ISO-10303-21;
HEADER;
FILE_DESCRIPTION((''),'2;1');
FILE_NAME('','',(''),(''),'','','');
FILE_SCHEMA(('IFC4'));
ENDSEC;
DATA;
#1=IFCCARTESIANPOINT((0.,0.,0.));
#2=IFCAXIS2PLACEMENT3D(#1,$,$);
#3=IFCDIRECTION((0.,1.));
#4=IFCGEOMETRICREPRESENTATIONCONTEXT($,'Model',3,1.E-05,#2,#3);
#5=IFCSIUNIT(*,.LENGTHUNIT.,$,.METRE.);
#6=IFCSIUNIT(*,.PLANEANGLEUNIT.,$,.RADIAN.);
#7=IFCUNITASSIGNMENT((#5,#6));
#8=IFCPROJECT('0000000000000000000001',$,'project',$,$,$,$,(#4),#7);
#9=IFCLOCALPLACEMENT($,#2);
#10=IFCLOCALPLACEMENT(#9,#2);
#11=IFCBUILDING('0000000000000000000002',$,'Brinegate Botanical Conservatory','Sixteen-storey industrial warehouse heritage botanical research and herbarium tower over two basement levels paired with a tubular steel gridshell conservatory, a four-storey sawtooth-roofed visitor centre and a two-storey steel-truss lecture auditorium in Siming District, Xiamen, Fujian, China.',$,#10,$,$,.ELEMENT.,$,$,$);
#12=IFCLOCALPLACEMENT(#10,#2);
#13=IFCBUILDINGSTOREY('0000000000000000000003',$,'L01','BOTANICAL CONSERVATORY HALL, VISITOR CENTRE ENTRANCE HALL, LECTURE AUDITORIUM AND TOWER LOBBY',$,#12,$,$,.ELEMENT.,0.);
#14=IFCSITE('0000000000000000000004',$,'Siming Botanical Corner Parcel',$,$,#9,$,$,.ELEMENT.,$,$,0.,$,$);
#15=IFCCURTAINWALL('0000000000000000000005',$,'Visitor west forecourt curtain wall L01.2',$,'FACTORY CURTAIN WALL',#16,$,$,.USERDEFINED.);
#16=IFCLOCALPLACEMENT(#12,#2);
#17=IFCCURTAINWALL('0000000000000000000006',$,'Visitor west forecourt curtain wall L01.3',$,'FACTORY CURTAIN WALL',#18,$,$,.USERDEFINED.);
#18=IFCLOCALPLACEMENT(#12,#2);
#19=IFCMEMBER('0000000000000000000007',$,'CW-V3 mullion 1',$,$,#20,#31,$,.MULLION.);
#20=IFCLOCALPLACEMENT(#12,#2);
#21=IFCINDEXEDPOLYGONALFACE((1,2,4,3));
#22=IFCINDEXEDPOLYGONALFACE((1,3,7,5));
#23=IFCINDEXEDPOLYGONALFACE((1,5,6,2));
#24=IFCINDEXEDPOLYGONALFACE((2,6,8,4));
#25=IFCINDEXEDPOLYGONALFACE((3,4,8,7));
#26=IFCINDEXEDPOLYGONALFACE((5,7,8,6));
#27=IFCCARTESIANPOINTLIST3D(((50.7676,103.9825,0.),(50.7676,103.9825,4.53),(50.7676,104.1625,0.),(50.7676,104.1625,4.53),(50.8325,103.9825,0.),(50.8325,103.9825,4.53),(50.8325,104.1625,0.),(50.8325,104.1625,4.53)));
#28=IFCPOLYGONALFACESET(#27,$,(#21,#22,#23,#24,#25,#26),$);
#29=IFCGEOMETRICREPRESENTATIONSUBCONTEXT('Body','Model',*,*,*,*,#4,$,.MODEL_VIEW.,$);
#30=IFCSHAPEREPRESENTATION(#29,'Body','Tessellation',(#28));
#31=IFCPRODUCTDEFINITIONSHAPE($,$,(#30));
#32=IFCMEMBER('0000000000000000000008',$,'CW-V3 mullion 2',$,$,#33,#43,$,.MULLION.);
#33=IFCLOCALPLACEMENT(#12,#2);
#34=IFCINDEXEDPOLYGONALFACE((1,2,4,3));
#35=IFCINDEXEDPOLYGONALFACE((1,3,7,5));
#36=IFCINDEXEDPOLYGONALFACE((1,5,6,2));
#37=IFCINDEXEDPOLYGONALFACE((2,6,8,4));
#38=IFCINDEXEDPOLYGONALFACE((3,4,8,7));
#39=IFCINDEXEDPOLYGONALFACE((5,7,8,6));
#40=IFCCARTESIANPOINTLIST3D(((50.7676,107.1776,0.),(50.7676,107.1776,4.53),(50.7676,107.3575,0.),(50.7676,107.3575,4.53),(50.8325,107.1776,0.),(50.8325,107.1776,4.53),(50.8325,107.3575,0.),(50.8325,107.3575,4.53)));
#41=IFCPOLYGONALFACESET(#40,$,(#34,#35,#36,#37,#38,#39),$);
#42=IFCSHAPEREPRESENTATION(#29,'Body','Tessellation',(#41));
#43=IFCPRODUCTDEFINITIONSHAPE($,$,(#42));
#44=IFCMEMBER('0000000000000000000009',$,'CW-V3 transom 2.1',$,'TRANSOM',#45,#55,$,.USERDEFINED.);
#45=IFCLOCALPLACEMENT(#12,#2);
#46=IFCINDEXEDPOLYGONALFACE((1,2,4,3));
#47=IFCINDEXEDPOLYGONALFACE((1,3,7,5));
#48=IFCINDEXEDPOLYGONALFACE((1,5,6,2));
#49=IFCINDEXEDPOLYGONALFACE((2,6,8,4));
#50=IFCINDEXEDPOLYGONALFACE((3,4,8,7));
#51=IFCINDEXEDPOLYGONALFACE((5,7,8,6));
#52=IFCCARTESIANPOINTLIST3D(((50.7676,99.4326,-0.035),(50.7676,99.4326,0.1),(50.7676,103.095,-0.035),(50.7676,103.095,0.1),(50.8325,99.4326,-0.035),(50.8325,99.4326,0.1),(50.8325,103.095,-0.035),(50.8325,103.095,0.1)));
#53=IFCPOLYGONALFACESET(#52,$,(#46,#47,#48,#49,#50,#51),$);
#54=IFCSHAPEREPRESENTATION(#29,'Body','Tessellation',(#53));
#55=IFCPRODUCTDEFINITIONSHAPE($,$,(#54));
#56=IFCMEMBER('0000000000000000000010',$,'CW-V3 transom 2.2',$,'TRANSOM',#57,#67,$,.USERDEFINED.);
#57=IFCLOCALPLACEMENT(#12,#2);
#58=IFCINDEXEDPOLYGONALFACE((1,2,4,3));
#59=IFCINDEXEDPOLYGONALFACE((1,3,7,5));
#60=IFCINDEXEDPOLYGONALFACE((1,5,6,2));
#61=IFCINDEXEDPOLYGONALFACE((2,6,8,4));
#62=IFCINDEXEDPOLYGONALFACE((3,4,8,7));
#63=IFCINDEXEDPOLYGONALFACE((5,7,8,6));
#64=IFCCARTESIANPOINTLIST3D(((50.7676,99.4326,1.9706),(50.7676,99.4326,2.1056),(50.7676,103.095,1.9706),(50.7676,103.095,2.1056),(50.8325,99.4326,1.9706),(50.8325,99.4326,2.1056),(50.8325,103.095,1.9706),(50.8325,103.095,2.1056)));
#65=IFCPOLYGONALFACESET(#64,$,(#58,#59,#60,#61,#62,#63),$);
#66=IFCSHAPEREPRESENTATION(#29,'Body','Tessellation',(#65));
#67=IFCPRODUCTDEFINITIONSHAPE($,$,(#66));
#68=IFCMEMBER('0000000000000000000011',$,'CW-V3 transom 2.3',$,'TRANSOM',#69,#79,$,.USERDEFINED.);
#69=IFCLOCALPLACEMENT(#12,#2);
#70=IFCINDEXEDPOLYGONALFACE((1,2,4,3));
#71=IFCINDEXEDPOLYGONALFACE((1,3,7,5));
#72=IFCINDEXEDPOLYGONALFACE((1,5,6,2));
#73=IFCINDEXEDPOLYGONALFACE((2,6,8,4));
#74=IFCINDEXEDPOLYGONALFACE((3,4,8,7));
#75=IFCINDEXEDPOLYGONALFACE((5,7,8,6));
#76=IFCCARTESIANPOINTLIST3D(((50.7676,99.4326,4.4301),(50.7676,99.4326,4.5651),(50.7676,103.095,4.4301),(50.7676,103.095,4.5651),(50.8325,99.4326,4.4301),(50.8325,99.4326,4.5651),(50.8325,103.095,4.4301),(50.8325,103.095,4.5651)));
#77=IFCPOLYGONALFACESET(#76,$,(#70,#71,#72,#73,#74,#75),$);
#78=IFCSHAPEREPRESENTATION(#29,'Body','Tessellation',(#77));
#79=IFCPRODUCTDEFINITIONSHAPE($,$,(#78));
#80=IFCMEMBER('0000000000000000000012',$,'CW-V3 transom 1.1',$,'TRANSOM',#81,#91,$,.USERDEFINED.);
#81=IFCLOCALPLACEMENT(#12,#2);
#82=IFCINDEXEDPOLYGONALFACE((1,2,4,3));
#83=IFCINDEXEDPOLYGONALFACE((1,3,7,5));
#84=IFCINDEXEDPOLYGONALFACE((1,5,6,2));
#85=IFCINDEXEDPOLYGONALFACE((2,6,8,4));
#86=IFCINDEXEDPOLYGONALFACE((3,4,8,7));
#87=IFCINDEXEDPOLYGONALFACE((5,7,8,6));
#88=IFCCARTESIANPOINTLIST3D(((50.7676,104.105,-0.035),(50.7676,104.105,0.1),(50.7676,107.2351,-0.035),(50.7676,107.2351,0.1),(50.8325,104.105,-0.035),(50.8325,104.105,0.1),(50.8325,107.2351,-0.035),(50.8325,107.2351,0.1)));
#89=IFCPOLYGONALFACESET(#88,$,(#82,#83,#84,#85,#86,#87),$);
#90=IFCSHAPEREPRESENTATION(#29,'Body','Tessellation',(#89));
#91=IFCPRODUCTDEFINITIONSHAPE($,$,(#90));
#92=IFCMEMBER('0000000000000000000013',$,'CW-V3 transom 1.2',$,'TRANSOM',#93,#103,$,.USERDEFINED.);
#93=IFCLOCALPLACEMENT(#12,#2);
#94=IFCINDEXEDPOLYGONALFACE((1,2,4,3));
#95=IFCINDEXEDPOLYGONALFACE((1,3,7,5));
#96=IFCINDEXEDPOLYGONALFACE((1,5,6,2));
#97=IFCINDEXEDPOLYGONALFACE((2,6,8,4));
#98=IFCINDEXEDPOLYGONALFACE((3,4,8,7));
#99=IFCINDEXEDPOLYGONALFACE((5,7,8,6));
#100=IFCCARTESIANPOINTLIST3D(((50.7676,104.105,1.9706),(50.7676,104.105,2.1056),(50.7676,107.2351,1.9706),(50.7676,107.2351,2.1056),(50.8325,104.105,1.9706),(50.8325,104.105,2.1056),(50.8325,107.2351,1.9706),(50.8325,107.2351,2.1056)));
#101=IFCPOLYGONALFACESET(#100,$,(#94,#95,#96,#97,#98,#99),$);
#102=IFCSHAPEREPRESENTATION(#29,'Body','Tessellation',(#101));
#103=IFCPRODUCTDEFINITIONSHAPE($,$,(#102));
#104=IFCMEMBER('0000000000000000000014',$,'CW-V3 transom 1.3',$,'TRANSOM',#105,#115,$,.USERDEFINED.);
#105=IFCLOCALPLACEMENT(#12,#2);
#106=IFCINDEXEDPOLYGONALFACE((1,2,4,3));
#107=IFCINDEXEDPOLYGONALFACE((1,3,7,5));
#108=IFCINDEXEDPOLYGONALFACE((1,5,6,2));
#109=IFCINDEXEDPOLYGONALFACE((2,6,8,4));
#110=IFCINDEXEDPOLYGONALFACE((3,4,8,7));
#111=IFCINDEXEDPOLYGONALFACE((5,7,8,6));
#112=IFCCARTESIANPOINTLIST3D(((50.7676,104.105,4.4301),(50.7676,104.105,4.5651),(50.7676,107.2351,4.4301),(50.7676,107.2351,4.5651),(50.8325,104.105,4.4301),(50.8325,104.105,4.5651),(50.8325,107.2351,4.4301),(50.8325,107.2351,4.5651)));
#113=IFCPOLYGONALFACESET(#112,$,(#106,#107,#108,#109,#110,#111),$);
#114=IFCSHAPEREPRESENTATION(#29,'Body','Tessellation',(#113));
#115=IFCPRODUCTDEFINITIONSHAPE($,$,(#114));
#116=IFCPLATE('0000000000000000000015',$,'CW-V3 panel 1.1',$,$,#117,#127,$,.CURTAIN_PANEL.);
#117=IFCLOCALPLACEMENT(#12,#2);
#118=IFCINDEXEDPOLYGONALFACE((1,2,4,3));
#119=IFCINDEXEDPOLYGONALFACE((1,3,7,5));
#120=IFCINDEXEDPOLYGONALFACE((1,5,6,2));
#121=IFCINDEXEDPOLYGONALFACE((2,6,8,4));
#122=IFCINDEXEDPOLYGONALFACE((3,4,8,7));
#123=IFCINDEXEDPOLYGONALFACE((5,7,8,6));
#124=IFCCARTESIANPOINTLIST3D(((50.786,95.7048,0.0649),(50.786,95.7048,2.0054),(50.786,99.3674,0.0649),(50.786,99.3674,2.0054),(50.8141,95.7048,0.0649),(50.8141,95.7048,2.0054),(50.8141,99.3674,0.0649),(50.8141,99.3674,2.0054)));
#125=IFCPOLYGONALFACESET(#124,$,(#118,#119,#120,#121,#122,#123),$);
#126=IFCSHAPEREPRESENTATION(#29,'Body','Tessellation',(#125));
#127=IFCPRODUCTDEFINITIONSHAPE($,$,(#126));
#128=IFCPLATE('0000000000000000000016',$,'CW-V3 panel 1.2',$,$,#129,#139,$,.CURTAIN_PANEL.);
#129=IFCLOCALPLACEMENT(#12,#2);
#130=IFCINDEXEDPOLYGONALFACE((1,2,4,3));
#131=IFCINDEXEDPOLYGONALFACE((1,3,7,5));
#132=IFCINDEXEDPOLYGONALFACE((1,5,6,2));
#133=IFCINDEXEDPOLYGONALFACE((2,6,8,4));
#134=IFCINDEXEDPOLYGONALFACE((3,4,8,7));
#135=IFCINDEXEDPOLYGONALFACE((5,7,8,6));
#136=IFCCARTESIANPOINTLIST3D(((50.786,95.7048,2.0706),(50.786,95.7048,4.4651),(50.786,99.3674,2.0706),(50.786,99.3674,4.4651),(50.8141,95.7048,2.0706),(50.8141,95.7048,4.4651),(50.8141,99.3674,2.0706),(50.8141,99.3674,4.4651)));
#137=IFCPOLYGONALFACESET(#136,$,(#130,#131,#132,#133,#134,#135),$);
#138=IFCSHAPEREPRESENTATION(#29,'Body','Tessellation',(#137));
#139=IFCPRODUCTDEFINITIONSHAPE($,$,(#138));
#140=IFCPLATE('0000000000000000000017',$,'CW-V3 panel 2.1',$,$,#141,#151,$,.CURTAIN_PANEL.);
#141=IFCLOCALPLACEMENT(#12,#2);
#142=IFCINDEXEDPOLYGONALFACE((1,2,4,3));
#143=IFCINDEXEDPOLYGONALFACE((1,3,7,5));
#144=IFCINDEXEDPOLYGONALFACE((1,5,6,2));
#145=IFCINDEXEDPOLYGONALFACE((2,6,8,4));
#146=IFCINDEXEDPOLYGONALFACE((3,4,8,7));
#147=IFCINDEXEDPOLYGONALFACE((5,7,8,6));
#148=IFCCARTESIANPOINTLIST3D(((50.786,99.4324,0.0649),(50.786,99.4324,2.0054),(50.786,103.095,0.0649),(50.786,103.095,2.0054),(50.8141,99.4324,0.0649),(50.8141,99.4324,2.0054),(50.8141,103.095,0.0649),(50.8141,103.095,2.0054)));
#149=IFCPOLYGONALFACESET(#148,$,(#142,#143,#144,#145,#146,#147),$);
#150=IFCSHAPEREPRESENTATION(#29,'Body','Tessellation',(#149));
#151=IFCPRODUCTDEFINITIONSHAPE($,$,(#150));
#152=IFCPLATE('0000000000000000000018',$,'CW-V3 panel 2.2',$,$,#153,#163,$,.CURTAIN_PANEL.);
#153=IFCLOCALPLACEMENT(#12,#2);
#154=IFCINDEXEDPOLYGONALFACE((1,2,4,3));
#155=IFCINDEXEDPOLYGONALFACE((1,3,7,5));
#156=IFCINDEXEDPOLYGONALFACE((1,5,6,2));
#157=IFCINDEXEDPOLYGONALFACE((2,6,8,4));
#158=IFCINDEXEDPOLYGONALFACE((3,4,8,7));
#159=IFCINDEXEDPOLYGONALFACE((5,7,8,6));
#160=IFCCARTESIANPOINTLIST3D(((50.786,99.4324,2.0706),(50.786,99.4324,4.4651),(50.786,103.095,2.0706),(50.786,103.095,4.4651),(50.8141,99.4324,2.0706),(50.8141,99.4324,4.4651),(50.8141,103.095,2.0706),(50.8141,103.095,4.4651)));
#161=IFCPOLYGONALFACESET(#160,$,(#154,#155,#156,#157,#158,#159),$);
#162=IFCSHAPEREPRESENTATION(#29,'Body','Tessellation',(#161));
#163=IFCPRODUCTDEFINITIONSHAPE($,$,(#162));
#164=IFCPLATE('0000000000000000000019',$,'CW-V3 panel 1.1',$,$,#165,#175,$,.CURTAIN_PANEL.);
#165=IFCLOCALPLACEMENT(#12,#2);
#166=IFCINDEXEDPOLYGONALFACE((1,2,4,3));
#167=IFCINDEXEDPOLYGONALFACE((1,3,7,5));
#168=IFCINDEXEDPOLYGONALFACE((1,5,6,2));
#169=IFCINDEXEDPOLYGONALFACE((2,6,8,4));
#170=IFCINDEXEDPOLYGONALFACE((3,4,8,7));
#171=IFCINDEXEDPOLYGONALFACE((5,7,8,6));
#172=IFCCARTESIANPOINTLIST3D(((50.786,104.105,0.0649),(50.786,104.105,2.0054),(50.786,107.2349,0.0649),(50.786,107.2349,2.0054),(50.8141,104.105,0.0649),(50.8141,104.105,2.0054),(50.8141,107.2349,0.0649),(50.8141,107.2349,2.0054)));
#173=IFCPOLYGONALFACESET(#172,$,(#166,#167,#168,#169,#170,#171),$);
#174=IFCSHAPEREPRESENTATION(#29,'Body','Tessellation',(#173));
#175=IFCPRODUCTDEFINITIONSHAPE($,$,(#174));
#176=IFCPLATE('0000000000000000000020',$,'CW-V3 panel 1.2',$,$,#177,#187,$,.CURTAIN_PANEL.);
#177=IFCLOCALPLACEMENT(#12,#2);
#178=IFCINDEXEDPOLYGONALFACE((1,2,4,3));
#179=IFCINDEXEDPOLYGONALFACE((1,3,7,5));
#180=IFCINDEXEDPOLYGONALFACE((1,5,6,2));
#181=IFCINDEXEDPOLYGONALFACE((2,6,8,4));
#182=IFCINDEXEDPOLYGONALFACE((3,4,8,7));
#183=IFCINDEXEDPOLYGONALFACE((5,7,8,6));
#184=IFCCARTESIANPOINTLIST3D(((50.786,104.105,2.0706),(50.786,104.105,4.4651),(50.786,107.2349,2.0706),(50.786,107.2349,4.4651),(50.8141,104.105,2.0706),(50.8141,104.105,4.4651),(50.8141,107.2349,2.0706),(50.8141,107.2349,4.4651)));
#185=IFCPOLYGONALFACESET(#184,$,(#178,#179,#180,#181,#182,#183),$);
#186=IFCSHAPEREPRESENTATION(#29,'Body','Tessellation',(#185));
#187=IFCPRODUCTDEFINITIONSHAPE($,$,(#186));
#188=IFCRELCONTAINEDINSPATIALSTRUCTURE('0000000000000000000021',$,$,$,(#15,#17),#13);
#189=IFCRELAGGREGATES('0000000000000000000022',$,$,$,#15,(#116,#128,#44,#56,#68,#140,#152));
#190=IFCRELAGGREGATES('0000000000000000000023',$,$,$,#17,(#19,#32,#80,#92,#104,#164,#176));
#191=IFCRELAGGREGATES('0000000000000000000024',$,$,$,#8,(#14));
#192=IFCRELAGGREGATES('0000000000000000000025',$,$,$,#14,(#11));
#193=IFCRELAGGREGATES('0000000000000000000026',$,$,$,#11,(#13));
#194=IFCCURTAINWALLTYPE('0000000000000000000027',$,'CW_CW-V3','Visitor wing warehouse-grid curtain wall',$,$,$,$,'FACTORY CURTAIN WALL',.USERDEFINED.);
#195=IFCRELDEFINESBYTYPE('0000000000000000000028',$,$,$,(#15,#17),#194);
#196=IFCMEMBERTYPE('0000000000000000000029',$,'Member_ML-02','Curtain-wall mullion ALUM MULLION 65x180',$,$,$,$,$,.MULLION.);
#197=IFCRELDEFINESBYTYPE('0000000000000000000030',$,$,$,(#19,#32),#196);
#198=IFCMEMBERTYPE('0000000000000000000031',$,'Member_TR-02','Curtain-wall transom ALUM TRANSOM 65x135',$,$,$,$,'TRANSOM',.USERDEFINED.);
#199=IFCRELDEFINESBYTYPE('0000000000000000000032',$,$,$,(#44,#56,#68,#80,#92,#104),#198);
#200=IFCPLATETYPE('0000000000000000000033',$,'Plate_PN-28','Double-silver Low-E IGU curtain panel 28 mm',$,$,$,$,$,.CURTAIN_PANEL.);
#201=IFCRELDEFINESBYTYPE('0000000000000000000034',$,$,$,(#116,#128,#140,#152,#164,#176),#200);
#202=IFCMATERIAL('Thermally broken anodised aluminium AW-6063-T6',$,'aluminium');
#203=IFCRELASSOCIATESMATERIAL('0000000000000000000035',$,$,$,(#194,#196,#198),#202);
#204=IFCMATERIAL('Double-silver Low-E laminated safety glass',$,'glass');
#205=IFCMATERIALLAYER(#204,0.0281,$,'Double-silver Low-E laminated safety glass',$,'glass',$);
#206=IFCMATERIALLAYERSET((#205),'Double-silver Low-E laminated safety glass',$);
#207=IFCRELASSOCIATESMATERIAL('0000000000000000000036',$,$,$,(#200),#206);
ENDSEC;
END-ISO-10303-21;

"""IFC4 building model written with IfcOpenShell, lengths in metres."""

from ifc_helpers import new_model, si_unit, direction, frame, origin, origin_2d, place, context, subcontext, project, spatial, rectangle, extrude, material, layer, layer_set, material_profile, profile_set, type_object, element, aggregate, save


model = new_model("IFC4")

# Units and contexts
model_context = context("Model", 3, precision=1e-05, world=origin(), true_north=direction((0.0, 1.0)))
body_context = subcontext(model_context, "Body", "Model", "MODEL_VIEW")
ifc_project = project(units=[si_unit("LENGTHUNIT", "METRE"), si_unit("PLANEANGLEUNIT", "RADIAN")], contexts=[model_context])

# Site, building, storey
site_placement = place(None, origin())
site = spatial("IfcSite", under=ifc_project, at=site_placement, Name="Siming Botanical Corner Parcel", CompositionType="ELEMENT", RefElevation=0.0)
building_placement = place(site_placement, origin())
building = spatial("IfcBuilding", under=site, at=building_placement, Name="Brinegate Botanical Conservatory", Description="Sixteen-storey industrial warehouse heritage botanical research and herbarium tower over two basement levels paired with a tubular steel gridshell conservatory, a four-storey sawtooth-roofed visitor centre and a two-storey steel-truss lecture auditorium in Siming District, Xiamen, Fujian, China.", CompositionType="ELEMENT")
storey_placement = place(building_placement, origin())
storey = spatial("IfcBuildingStorey", under=building, at=storey_placement, Name="L01", Description="BOTANICAL CONSERVATORY HALL, VISITOR CENTRE ENTRANCE HALL, LECTURE AUDITORIUM AND TOWER LOBBY", CompositionType="ELEMENT", Elevation=0.0)

# Curtain walls, members
ifc_material_1 = material(Name="Thermally broken anodised aluminium AW-6063-T6", Category="aluminium")
curtain_wall_type = type_object("IfcCurtainWallType", Name="CW_CW-V3", Description="Visitor wing warehouse-grid curtain wall", ElementType="FACTORY CURTAIN WALL", PredefinedType="USERDEFINED", material=ifc_material_1)
curtain_wall_1_placement = place(storey_placement, origin())
curtain_wall_1 = element("IfcCurtainWall", 1, at=curtain_wall_1_placement, inside=storey, type_object=curtain_wall_type, Name="Visitor west forecourt curtain wall L01.2", ObjectType="FACTORY CURTAIN WALL", PredefinedType="USERDEFINED")
ifc_material_profile_1 = material_profile(ifc_material_1, rectangle(XDim=0.0649, YDim=0.1799, at=origin_2d()), Name="ALUM MULLION 65x180")
ifc_profile_set_1 = profile_set([ifc_material_profile_1], Name="Thermally broken anodised aluminium AW-6063-T6")
member_type_1 = type_object("IfcMemberType", Name="Member_ML-02", Description="Curtain-wall mullion ALUM MULLION 65x180", PredefinedType="MULLION", material=ifc_profile_set_1)
curtain_wall_2_placement = place(storey_placement, origin())
curtain_wall_2 = element("IfcCurtainWall", 2, at=curtain_wall_2_placement, inside=storey, type_object=curtain_wall_type, Name="Visitor west forecourt curtain wall L01.3", ObjectType="FACTORY CURTAIN WALL", PredefinedType="USERDEFINED")
member_1_placement = place(storey_placement, frame((50.8, 104.0725, 0.0), z_axis=(0.0, 0.0, 1.0), x_axis=(-1.0, 0.0, 0.0)))
member_1 = element("IfcMember", 3, at=member_1_placement, type_object=member_type_1, Name="CW-V3 mullion 1", PredefinedType="MULLION", context=body_context, shape_type="SweptSolid", body=[
    extrude(rectangle(XDim=0.0649, YDim=0.1799, at=origin_2d()), origin(), (0.0, 0.0, 1.0), 4.53),
])
member_2_placement = place(storey_placement, frame((50.8, 107.2676, 0.0), z_axis=(0.0, 0.0, 1.0), x_axis=(-1.0, 0.0, 0.0)))
member_2 = element("IfcMember", 4, at=member_2_placement, type_object=member_type_1, Name="CW-V3 mullion 2", PredefinedType="MULLION", context=body_context, shape_type="SweptSolid", body=[
    extrude(rectangle(XDim=0.0649, YDim=0.1799, at=origin_2d()), origin(), (0.0, 0.0, 1.0), 4.53),
])

# Members
ifc_material_profile_2 = material_profile(ifc_material_1, rectangle(XDim=0.0649, YDim=0.135, at=origin_2d()), Name="ALUM TRANSOM 65x135")
ifc_profile_set_2 = profile_set([ifc_material_profile_2], Name="Thermally broken anodised aluminium AW-6063-T6")
member_type_2 = type_object("IfcMemberType", Name="Member_TR-02", Description="Curtain-wall transom ALUM TRANSOM 65x135", ElementType="TRANSOM", PredefinedType="USERDEFINED", material=ifc_profile_set_2)
member_3_placement = place(storey_placement, frame((50.8, 99.4326, 0.0325), z_axis=(0.0, 1.0, 0.0), x_axis=(-1.0, 0.0, 0.0)))
member_3 = element("IfcMember", 5, at=member_3_placement, type_object=member_type_2, Name="CW-V3 transom 2.1", ObjectType="TRANSOM", PredefinedType="USERDEFINED", context=body_context, shape_type="SweptSolid", body=[
    extrude(rectangle(XDim=0.0649, YDim=0.135, at=origin_2d()), origin(), (0.0, 0.0, 1.0), 3.6624),
])
member_4_placement = place(storey_placement, frame((50.8, 99.4326, 2.0381), z_axis=(0.0, 1.0, 0.0), x_axis=(-1.0, 0.0, 0.0)))
member_4 = element("IfcMember", 6, at=member_4_placement, type_object=member_type_2, Name="CW-V3 transom 2.2", ObjectType="TRANSOM", PredefinedType="USERDEFINED", context=body_context, shape_type="SweptSolid", body=[
    extrude(rectangle(XDim=0.0649, YDim=0.135, at=origin_2d()), origin(), (0.0, 0.0, 1.0), 3.6624),
])
member_5_placement = place(storey_placement, frame((50.8, 99.4326, 4.4976), z_axis=(0.0, 1.0, 0.0), x_axis=(-1.0, 0.0, 0.0)))
member_5 = element("IfcMember", 7, at=member_5_placement, type_object=member_type_2, Name="CW-V3 transom 2.3", ObjectType="TRANSOM", PredefinedType="USERDEFINED", context=body_context, shape_type="SweptSolid", body=[
    extrude(rectangle(XDim=0.0649, YDim=0.135, at=origin_2d()), origin(), (0.0, 0.0, 1.0), 3.6624),
])
member_6_placement = place(storey_placement, frame((50.8, 104.105, 0.0325), z_axis=(0.0, 1.0, 0.0), x_axis=(-1.0, 0.0, 0.0)))
member_6 = element("IfcMember", 8, at=member_6_placement, type_object=member_type_2, Name="CW-V3 transom 1.1", ObjectType="TRANSOM", PredefinedType="USERDEFINED", context=body_context, shape_type="SweptSolid", body=[
    extrude(rectangle(XDim=0.0649, YDim=0.135, at=origin_2d()), origin(), (0.0, 0.0, 1.0), 3.1301),
])
member_7_placement = place(storey_placement, frame((50.8, 104.105, 2.0381), z_axis=(0.0, 1.0, 0.0), x_axis=(-1.0, 0.0, 0.0)))
member_7 = element("IfcMember", 9, at=member_7_placement, type_object=member_type_2, Name="CW-V3 transom 1.2", ObjectType="TRANSOM", PredefinedType="USERDEFINED", context=body_context, shape_type="SweptSolid", body=[
    extrude(rectangle(XDim=0.0649, YDim=0.135, at=origin_2d()), origin(), (0.0, 0.0, 1.0), 3.1301),
])
member_8_placement = place(storey_placement, frame((50.8, 104.105, 4.4976), z_axis=(0.0, 1.0, 0.0), x_axis=(-1.0, 0.0, 0.0)))
member_8 = element("IfcMember", 10, at=member_8_placement, type_object=member_type_2, Name="CW-V3 transom 1.3", ObjectType="TRANSOM", PredefinedType="USERDEFINED", context=body_context, shape_type="SweptSolid", body=[
    extrude(rectangle(XDim=0.0649, YDim=0.135, at=origin_2d()), origin(), (0.0, 0.0, 1.0), 3.1301),
])

# Plates
ifc_material_2 = material(Name="Double-silver Low-E laminated safety glass", Category="glass")
ifc_layer_1 = layer(ifc_material_2, 0.0281, Name="Double-silver Low-E laminated safety glass", Category="glass")
ifc_layer_set_1 = layer_set([ifc_layer_1], Name="Double-silver Low-E laminated safety glass")
plate_type = type_object("IfcPlateType", Name="Plate_PN-28", Description="Double-silver Low-E IGU curtain panel 28 mm", PredefinedType="CURTAIN_PANEL", material=ifc_layer_set_1)
plate_1_placement = place(storey_placement, frame((50.8, 97.5361, 0.0649), z_axis=(0.0, 0.0, 1.0), x_axis=(0.0, 1.0, 0.0)))
plate_1 = element("IfcPlate", 11, at=plate_1_placement, type_object=plate_type, Name="CW-V3 panel 1.1", PredefinedType="CURTAIN_PANEL", context=body_context, shape_type="SweptSolid", body=[
    extrude(rectangle(XDim=3.6626, YDim=0.0281, at=origin_2d()), origin(), (0.0, 0.0, 1.0), 1.9404),
])
plate_2_placement = place(storey_placement, frame((50.8, 97.5361, 2.0706), z_axis=(0.0, 0.0, 1.0), x_axis=(0.0, 1.0, 0.0)))
plate_2 = element("IfcPlate", 12, at=plate_2_placement, type_object=plate_type, Name="CW-V3 panel 1.2", PredefinedType="CURTAIN_PANEL", context=body_context, shape_type="SweptSolid", body=[
    extrude(rectangle(XDim=3.6626, YDim=0.0281, at=origin_2d()), origin(), (0.0, 0.0, 1.0), 2.3945),
])
plate_3_placement = place(storey_placement, frame((50.8, 101.2637, 0.0649), z_axis=(0.0, 0.0, 1.0), x_axis=(0.0, 1.0, 0.0)))
plate_3 = element("IfcPlate", 13, at=plate_3_placement, type_object=plate_type, Name="CW-V3 panel 2.1", PredefinedType="CURTAIN_PANEL", context=body_context, shape_type="SweptSolid", body=[
    extrude(rectangle(XDim=3.6626, YDim=0.0281, at=origin_2d()), origin(), (0.0, 0.0, 1.0), 1.9404),
])
plate_4_placement = place(storey_placement, frame((50.8, 101.2637, 2.0706), z_axis=(0.0, 0.0, 1.0), x_axis=(0.0, 1.0, 0.0)))
plate_4 = element("IfcPlate", 14, at=plate_4_placement, type_object=plate_type, Name="CW-V3 panel 2.2", PredefinedType="CURTAIN_PANEL", context=body_context, shape_type="SweptSolid", body=[
    extrude(rectangle(XDim=3.6626, YDim=0.0281, at=origin_2d()), origin(), (0.0, 0.0, 1.0), 2.3945),
])
aggregate(curtain_wall_1, [plate_1, plate_2, member_3, member_4, member_5, plate_3, plate_4])
plate_5_placement = place(storey_placement, frame((50.8, 105.6699, 0.0649), z_axis=(0.0, 0.0, 1.0), x_axis=(0.0, 1.0, 0.0)))
plate_5 = element("IfcPlate", 15, at=plate_5_placement, type_object=plate_type, Name="CW-V3 panel 1.1", PredefinedType="CURTAIN_PANEL", context=body_context, shape_type="SweptSolid", body=[
    extrude(rectangle(XDim=3.1299, YDim=0.0281, at=origin_2d()), origin(), (0.0, 0.0, 1.0), 1.9404),
])
plate_6_placement = place(storey_placement, frame((50.8, 105.6699, 2.0706), z_axis=(0.0, 0.0, 1.0), x_axis=(0.0, 1.0, 0.0)))
plate_6 = element("IfcPlate", 16, at=plate_6_placement, type_object=plate_type, Name="CW-V3 panel 1.2", PredefinedType="CURTAIN_PANEL", context=body_context, shape_type="SweptSolid", body=[
    extrude(rectangle(XDim=3.1299, YDim=0.0281, at=origin_2d()), origin(), (0.0, 0.0, 1.0), 2.3945),
])
aggregate(curtain_wall_2, [member_1, member_2, member_6, member_7, member_8, plate_5, plate_6])

save(model, "model.ifc")
